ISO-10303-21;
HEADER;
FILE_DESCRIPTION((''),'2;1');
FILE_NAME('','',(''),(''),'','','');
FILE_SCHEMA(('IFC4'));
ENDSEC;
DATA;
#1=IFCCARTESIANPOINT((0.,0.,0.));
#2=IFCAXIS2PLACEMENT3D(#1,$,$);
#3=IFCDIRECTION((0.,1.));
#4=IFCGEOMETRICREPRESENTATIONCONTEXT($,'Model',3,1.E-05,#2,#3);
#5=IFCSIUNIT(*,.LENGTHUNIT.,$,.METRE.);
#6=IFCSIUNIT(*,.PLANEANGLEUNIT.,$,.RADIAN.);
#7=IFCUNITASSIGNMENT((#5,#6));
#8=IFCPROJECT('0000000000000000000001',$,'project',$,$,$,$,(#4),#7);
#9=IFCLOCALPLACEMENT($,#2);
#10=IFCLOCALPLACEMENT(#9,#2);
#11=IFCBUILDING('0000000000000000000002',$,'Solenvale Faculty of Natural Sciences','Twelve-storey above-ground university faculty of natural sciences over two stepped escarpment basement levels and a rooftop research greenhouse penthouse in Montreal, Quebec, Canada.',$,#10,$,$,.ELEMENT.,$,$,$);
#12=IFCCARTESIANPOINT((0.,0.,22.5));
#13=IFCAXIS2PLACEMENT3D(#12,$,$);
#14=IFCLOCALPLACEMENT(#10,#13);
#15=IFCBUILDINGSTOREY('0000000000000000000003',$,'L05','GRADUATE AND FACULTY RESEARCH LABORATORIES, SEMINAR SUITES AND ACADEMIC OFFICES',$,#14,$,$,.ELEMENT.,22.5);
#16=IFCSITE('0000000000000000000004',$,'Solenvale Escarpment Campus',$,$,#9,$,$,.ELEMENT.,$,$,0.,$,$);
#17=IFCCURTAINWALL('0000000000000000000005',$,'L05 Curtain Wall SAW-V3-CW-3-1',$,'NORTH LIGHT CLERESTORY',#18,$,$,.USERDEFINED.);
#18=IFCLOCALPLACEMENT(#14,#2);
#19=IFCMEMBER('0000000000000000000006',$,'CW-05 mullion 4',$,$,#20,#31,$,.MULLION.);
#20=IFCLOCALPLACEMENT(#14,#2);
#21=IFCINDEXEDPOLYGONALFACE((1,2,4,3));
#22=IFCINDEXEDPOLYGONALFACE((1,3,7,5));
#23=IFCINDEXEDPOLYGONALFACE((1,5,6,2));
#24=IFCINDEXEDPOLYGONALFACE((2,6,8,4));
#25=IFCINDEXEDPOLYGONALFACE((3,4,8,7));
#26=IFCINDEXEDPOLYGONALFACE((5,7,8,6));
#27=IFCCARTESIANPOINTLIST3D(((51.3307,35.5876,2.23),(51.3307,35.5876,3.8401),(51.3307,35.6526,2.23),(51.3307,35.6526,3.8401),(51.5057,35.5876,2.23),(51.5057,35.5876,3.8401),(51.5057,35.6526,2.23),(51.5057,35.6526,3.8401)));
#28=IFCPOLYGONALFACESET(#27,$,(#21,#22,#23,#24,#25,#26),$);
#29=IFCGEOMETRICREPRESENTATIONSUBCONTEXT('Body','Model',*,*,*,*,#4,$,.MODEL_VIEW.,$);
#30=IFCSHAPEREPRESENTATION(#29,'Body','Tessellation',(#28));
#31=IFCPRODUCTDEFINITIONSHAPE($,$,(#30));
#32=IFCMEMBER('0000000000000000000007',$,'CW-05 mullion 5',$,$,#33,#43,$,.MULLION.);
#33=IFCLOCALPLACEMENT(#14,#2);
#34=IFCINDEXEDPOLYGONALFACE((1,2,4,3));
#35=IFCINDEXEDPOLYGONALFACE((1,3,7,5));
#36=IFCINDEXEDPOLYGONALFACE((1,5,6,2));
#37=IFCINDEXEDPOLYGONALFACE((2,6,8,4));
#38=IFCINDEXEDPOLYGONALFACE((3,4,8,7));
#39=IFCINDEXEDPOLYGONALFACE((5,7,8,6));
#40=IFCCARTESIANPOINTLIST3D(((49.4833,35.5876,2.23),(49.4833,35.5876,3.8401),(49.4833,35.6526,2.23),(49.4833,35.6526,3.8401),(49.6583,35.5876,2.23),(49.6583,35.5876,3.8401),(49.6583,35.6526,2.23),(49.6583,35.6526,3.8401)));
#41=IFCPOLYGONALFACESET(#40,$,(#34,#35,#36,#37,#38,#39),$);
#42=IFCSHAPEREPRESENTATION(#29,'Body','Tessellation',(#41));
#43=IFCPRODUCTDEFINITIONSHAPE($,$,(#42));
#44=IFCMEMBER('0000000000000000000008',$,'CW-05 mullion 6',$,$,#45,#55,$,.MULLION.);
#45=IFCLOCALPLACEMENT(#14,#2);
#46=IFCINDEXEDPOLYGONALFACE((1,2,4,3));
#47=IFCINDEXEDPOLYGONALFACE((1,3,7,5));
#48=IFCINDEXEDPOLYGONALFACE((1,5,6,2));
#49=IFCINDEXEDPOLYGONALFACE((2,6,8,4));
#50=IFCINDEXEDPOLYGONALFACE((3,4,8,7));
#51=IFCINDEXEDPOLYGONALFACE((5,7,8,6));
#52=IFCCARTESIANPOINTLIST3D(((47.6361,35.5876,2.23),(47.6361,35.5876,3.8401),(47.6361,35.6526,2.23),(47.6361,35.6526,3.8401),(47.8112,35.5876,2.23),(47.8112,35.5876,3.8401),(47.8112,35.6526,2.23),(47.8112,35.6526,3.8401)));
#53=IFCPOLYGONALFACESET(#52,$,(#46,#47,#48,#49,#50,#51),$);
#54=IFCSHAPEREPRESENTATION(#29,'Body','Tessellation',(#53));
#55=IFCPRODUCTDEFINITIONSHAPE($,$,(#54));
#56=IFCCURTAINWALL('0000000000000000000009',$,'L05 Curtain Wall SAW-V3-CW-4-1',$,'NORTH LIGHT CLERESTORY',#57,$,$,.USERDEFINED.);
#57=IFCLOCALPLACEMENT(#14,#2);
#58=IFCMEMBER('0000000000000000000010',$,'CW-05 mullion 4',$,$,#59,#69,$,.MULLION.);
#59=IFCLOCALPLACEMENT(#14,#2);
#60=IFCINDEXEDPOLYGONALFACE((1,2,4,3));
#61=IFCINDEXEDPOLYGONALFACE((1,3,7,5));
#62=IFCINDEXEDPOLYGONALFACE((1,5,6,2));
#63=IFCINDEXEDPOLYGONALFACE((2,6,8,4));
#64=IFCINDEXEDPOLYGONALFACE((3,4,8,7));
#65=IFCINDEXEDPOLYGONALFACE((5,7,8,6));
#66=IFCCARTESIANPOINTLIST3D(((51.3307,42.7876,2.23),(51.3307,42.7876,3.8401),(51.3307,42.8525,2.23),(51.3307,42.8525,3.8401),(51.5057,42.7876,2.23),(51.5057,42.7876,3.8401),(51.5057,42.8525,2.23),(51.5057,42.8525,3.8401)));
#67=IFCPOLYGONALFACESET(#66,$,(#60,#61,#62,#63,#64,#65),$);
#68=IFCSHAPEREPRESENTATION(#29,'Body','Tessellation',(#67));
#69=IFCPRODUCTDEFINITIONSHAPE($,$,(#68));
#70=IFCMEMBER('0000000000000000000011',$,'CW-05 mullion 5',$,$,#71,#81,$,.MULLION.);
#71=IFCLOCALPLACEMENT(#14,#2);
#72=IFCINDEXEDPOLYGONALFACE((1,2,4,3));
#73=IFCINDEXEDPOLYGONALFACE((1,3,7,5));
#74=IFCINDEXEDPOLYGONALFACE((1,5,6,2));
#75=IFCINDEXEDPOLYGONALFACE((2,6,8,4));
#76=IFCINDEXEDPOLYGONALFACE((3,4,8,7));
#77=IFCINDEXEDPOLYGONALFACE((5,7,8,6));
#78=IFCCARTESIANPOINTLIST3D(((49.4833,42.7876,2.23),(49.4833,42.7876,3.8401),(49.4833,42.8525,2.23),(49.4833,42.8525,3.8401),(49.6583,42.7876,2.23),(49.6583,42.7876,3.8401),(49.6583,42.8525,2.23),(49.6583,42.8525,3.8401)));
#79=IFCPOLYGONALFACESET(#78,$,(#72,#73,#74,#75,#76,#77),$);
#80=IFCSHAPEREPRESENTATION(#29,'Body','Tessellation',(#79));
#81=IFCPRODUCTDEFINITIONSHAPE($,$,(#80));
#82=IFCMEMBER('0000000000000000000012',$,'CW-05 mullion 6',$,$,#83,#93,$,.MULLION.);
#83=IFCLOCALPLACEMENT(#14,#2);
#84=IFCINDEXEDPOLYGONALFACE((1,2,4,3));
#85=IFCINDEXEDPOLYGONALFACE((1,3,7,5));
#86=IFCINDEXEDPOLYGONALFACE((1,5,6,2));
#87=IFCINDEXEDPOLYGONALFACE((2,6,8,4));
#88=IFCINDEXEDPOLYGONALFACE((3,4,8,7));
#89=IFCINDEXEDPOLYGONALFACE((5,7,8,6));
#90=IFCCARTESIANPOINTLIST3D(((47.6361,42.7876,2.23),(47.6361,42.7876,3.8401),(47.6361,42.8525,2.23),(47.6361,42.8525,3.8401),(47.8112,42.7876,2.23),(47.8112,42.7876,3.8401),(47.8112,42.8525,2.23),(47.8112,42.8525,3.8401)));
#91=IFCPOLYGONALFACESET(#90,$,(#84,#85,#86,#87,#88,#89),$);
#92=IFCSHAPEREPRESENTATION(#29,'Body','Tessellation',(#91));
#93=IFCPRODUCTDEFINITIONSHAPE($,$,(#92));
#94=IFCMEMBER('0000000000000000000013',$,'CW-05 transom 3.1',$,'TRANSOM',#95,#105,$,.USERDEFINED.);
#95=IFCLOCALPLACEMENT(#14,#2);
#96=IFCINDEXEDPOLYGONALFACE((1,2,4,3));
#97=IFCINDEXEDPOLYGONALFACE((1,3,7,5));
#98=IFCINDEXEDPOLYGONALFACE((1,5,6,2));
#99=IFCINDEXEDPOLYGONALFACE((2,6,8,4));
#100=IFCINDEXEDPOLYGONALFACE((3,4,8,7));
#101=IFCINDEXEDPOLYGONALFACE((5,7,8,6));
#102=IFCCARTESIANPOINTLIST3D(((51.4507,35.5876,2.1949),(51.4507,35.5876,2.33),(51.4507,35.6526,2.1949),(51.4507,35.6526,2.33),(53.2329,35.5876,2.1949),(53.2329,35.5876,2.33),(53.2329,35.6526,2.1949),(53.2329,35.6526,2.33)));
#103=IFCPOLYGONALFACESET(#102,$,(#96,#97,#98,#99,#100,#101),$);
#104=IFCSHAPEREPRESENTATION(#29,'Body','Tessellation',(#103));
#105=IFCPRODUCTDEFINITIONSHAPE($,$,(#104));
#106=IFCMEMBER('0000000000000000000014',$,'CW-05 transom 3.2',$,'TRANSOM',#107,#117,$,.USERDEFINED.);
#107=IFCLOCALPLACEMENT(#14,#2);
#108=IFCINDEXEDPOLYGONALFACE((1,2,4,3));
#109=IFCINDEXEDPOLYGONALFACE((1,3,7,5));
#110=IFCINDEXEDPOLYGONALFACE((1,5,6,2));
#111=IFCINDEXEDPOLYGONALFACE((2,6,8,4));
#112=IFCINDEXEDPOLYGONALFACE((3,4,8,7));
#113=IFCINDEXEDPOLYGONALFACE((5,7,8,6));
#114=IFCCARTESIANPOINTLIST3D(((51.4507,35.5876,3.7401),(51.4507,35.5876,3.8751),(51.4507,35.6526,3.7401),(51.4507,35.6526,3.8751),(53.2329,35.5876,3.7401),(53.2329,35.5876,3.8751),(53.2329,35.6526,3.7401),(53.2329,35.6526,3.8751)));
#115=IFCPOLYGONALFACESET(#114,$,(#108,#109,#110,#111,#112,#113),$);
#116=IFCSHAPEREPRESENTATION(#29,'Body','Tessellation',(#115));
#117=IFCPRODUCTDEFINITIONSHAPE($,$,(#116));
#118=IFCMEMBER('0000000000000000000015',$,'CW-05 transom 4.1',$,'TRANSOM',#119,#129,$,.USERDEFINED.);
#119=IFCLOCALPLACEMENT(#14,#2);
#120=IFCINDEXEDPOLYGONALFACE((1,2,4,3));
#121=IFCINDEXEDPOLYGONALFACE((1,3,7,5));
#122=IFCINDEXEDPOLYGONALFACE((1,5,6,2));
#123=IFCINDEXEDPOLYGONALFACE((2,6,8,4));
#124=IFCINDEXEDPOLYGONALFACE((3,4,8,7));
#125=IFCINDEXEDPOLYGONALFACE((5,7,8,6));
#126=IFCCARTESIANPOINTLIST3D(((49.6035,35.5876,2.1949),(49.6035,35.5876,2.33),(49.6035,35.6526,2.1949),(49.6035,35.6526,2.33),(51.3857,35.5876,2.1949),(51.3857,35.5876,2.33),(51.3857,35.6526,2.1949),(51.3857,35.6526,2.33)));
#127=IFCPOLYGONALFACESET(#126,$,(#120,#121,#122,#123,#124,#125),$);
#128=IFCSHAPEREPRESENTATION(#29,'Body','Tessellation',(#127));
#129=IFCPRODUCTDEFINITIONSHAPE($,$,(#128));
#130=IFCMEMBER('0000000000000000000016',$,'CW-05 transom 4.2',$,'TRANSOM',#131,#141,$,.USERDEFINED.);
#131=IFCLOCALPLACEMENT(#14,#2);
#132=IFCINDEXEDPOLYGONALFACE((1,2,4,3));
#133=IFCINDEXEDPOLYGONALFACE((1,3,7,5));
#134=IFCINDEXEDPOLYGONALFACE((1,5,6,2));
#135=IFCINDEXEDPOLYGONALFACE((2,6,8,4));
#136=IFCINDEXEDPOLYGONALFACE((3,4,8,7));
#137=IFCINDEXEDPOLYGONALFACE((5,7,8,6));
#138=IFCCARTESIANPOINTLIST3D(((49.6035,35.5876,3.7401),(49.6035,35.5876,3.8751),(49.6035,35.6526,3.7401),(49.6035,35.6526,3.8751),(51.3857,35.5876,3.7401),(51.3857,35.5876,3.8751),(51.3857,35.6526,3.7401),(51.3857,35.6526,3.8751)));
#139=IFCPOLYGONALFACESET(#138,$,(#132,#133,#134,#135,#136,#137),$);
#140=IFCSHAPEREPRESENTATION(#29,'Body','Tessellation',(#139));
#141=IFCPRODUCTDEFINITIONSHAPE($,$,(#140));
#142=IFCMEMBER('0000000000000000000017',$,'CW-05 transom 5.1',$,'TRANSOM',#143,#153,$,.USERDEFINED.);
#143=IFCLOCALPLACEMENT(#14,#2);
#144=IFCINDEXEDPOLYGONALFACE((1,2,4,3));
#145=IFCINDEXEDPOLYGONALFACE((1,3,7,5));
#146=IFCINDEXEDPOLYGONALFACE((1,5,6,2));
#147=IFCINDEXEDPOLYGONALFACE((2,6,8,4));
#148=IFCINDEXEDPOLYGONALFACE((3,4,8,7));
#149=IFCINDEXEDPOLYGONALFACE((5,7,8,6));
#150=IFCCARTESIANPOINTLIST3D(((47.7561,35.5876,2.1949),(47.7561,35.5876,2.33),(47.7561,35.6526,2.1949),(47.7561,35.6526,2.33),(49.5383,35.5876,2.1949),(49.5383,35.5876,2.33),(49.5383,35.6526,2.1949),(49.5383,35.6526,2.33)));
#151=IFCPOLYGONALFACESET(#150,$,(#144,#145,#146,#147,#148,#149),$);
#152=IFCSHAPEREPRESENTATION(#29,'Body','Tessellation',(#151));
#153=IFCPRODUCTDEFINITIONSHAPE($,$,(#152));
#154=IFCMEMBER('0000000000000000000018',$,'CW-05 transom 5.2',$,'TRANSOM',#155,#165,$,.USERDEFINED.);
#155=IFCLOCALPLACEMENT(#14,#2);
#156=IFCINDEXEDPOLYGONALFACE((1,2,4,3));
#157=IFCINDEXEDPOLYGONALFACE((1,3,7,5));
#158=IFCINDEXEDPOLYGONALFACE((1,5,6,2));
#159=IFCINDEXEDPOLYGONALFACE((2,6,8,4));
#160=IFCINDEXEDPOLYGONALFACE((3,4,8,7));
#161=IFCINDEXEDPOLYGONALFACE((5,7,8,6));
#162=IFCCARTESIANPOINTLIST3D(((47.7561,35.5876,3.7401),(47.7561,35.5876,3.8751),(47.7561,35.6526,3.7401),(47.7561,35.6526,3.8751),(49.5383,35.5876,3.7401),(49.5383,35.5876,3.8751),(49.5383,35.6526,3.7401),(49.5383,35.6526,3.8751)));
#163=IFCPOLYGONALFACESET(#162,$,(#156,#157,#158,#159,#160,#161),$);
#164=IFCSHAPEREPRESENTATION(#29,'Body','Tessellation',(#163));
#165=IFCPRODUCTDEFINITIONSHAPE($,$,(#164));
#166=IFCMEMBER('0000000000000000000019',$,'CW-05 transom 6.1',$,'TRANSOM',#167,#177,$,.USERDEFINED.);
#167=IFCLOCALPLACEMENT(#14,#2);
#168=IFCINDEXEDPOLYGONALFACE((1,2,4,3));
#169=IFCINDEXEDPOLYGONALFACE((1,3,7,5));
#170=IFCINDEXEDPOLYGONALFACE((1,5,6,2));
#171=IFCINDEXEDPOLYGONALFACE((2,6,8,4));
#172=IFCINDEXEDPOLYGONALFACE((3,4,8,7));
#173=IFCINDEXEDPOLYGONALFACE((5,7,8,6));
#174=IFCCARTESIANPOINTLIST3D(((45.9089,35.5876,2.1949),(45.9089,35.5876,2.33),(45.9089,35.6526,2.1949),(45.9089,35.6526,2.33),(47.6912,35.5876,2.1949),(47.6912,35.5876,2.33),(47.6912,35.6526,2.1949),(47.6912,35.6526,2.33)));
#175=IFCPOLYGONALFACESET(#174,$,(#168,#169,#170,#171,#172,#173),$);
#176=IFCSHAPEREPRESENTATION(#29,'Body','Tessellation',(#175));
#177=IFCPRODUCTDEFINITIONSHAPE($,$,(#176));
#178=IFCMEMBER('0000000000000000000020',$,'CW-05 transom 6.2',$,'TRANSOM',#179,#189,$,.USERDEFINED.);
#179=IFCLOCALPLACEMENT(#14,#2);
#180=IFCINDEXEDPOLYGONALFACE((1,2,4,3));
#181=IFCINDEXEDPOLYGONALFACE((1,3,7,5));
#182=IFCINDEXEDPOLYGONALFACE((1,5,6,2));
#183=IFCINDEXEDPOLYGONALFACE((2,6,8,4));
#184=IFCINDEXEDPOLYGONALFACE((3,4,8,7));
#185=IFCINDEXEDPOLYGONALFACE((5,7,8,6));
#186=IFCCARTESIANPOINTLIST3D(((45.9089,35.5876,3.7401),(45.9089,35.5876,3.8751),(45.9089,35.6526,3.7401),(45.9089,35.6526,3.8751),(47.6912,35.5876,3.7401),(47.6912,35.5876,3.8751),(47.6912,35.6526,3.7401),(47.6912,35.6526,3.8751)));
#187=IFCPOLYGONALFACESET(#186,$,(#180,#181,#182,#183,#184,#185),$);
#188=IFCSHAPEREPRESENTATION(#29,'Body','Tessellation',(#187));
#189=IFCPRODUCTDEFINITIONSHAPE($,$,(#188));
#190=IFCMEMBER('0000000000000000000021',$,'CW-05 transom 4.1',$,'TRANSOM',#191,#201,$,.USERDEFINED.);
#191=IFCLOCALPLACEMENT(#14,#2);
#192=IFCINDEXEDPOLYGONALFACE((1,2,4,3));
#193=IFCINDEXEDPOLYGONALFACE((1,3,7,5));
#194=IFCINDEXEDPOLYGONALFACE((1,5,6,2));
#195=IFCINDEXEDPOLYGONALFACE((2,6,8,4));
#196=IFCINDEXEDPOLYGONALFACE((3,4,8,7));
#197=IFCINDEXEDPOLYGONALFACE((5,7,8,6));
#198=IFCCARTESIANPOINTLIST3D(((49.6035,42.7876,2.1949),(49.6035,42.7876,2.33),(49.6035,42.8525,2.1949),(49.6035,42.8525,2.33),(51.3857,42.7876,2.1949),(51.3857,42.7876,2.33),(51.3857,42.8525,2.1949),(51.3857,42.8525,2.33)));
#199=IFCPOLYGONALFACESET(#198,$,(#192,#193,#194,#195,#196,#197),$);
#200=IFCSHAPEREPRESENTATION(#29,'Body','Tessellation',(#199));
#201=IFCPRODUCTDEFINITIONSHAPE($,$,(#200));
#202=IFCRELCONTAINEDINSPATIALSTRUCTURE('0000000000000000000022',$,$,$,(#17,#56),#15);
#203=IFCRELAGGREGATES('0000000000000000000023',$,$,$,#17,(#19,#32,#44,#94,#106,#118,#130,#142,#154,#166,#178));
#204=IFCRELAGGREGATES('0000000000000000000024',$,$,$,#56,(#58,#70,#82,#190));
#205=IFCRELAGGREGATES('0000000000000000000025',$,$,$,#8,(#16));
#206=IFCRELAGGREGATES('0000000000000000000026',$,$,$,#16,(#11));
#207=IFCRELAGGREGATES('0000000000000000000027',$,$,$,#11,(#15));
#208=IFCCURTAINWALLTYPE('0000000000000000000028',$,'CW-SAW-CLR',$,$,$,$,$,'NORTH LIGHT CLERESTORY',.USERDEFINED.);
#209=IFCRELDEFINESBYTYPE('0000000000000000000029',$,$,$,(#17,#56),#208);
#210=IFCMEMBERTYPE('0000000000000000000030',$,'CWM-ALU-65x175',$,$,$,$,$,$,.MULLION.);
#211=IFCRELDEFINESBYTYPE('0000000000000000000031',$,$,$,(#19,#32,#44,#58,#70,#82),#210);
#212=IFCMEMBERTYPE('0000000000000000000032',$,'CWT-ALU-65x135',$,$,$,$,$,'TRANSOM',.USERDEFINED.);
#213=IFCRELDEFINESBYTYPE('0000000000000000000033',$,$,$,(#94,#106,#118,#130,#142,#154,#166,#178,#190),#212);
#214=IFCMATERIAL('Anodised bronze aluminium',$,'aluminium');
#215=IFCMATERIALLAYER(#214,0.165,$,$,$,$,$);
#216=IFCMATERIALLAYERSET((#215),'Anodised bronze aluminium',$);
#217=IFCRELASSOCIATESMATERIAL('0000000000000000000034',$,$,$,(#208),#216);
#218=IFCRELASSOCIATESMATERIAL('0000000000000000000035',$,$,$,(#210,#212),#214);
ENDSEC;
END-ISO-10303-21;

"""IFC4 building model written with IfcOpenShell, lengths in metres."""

from ifc_helpers import new_model, si_unit, direction, frame, origin, origin_2d, place, context, subcontext, project, spatial, rectangle, extrude, material, layer, layer_set, material_profile, profile_set, type_object, element, aggregate, save


model = new_model("IFC4")

# Units and contexts
model_context = context("Model", 3, precision=1e-05, world=origin(), true_north=direction((0.0, 1.0)))
body_context = subcontext(model_context, "Body", "Model", "MODEL_VIEW")
ifc_project = project(units=[si_unit("LENGTHUNIT", "METRE"), si_unit("PLANEANGLEUNIT", "RADIAN")], contexts=[model_context])

# Site, building, storey
site_placement = place(None, origin())
site = spatial("IfcSite", under=ifc_project, at=site_placement, Name="Solenvale Escarpment Campus", CompositionType="ELEMENT", RefElevation=0.0)
building_placement = place(site_placement, origin())
building = spatial("IfcBuilding", under=site, at=building_placement, Name="Solenvale Faculty of Natural Sciences", Description="Twelve-storey above-ground university faculty of natural sciences over two stepped escarpment basement levels and a rooftop research greenhouse penthouse in Montreal, Quebec, Canada.", CompositionType="ELEMENT")
storey_placement = place(building_placement, frame((0.0, 0.0, 22.5)))
storey = spatial("IfcBuildingStorey", under=building, at=storey_placement, Name="L05", Description="GRADUATE AND FACULTY RESEARCH LABORATORIES, SEMINAR SUITES AND ACADEMIC OFFICES", CompositionType="ELEMENT", Elevation=22.5)

# Curtain walls, members
ifc_material_1 = material(Name="Anodised bronze aluminium", Category="aluminium")
ifc_layer_1 = layer(ifc_material_1, 0.165)
ifc_layer_set_1 = layer_set([ifc_layer_1], Name="Anodised bronze aluminium")
curtain_wall_type = type_object("IfcCurtainWallType", Name="CW-SAW-CLR", ElementType="NORTH LIGHT CLERESTORY", PredefinedType="USERDEFINED", material=ifc_layer_set_1)
curtain_wall_1_placement = place(storey_placement, origin())
curtain_wall_1 = element("IfcCurtainWall", 1, at=curtain_wall_1_placement, inside=storey, type_object=curtain_wall_type, Name="L05 Curtain Wall SAW-V3-CW-3-1", ObjectType="NORTH LIGHT CLERESTORY", PredefinedType="USERDEFINED")
ifc_material_profile_1 = material_profile(ifc_material_1, rectangle(XDim=0.0649, YDim=0.175, at=origin_2d()), Name="ALU-MUL-65x175")
ifc_profile_set_1 = profile_set([ifc_material_profile_1], Name="Anodised bronze aluminium")
member_type_1 = type_object("IfcMemberType", Name="CWM-ALU-65x175", PredefinedType="MULLION", material=ifc_profile_set_1)
member_1_placement = place(storey_placement, frame((51.4182, 35.6201, 2.23), z_axis=(0.0, 0.0, 1.0), x_axis=(0.0, -1.0, 0.0)))
member_1 = element("IfcMember", 2, at=member_1_placement, type_object=member_type_1, Name="CW-05 mullion 4", PredefinedType="MULLION", context=body_context, shape_type="SweptSolid", body=[
    extrude(rectangle(XDim=0.0649, YDim=0.175, at=origin_2d()), origin(), (0.0, 0.0, 1.0), 1.6101),
])
member_2_placement = place(storey_placement, frame((49.5708, 35.6201, 2.23), z_axis=(0.0, 0.0, 1.0), x_axis=(0.0, -1.0, 0.0)))
member_2 = element("IfcMember", 3, at=member_2_placement, type_object=member_type_1, Name="CW-05 mullion 5", PredefinedType="MULLION", context=body_context, shape_type="SweptSolid", body=[
    extrude(rectangle(XDim=0.0649, YDim=0.175, at=origin_2d()), origin(), (0.0, 0.0, 1.0), 1.6101),
])
member_3_placement = place(storey_placement, frame((47.7236, 35.6201, 2.23), z_axis=(0.0, 0.0, 1.0), x_axis=(0.0, -1.0, 0.0)))
member_3 = element("IfcMember", 4, at=member_3_placement, type_object=member_type_1, Name="CW-05 mullion 6", PredefinedType="MULLION", context=body_context, shape_type="SweptSolid", body=[
    extrude(rectangle(XDim=0.0649, YDim=0.175, at=origin_2d()), origin(), (0.0, 0.0, 1.0), 1.6101),
])
curtain_wall_2_placement = place(storey_placement, origin())
curtain_wall_2 = element("IfcCurtainWall", 5, at=curtain_wall_2_placement, inside=storey, type_object=curtain_wall_type, Name="L05 Curtain Wall SAW-V3-CW-4-1", ObjectType="NORTH LIGHT CLERESTORY", PredefinedType="USERDEFINED")
member_4_placement = place(storey_placement, frame((51.4182, 42.8201, 2.23), z_axis=(0.0, 0.0, 1.0), x_axis=(0.0, -1.0, 0.0)))
member_4 = element("IfcMember", 6, at=member_4_placement, type_object=member_type_1, Name="CW-05 mullion 4", PredefinedType="MULLION", context=body_context, shape_type="SweptSolid", body=[
    extrude(rectangle(XDim=0.0649, YDim=0.175, at=origin_2d()), origin(), (0.0, 0.0, 1.0), 1.6101),
])
member_5_placement = place(storey_placement, frame((49.5708, 42.8201, 2.23), z_axis=(0.0, 0.0, 1.0), x_axis=(0.0, -1.0, 0.0)))
member_5 = element("IfcMember", 7, at=member_5_placement, type_object=member_type_1, Name="CW-05 mullion 5", PredefinedType="MULLION", context=body_context, shape_type="SweptSolid", body=[
    extrude(rectangle(XDim=0.0649, YDim=0.175, at=origin_2d()), origin(), (0.0, 0.0, 1.0), 1.6101),
])
member_6_placement = place(storey_placement, frame((47.7236, 42.8201, 2.23), z_axis=(0.0, 0.0, 1.0), x_axis=(0.0, -1.0, 0.0)))
member_6 = element("IfcMember", 8, at=member_6_placement, type_object=member_type_1, Name="CW-05 mullion 6", PredefinedType="MULLION", context=body_context, shape_type="SweptSolid", body=[
    extrude(rectangle(XDim=0.0649, YDim=0.175, at=origin_2d()), origin(), (0.0, 0.0, 1.0), 1.6101),
])

# Members
ifc_material_profile_2 = material_profile(ifc_material_1, rectangle(XDim=0.0649, YDim=0.135, at=origin_2d()), Name="ALU-TRN-65x135")
ifc_profile_set_2 = profile_set([ifc_material_profile_2], Name="Anodised bronze aluminium")
member_type_2 = type_object("IfcMemberType", Name="CWT-ALU-65x135", ElementType="TRANSOM", PredefinedType="USERDEFINED", material=ifc_profile_set_2)
member_7_placement = place(storey_placement, frame((53.2329, 35.6201, 2.2625), z_axis=(-1.0, 0.0, 0.0), x_axis=(0.0, -1.0, 0.0)))
member_7 = element("IfcMember", 9, at=member_7_placement, type_object=member_type_2, Name="CW-05 transom 3.1", ObjectType="TRANSOM", PredefinedType="USERDEFINED", context=body_context, shape_type="SweptSolid", body=[
    extrude(rectangle(XDim=0.0649, YDim=0.135, at=origin_2d()), origin(), (0.0, 0.0, 1.0), 1.7822),
])
member_8_placement = place(storey_placement, frame((53.2329, 35.6201, 3.8076), z_axis=(-1.0, 0.0, 0.0), x_axis=(0.0, -1.0, 0.0)))
member_8 = element("IfcMember", 10, at=member_8_placement, type_object=member_type_2, Name="CW-05 transom 3.2", ObjectType="TRANSOM", PredefinedType="USERDEFINED", context=body_context, shape_type="SweptSolid", body=[
    extrude(rectangle(XDim=0.0649, YDim=0.135, at=origin_2d()), origin(), (0.0, 0.0, 1.0), 1.7822),
])
member_9_placement = place(storey_placement, frame((51.3857, 35.6201, 2.2625), z_axis=(-1.0, 0.0, 0.0), x_axis=(0.0, -1.0, 0.0)))
member_9 = element("IfcMember", 11, at=member_9_placement, type_object=member_type_2, Name="CW-05 transom 4.1", ObjectType="TRANSOM", PredefinedType="USERDEFINED", context=body_context, shape_type="SweptSolid", body=[
    extrude(rectangle(XDim=0.0649, YDim=0.135, at=origin_2d()), origin(), (0.0, 0.0, 1.0), 1.7822),
])
member_10_placement = place(storey_placement, frame((51.3857, 35.6201, 3.8076), z_axis=(-1.0, 0.0, 0.0), x_axis=(0.0, -1.0, 0.0)))
member_10 = element("IfcMember", 12, at=member_10_placement, type_object=member_type_2, Name="CW-05 transom 4.2", ObjectType="TRANSOM", PredefinedType="USERDEFINED", context=body_context, shape_type="SweptSolid", body=[
    extrude(rectangle(XDim=0.0649, YDim=0.135, at=origin_2d()), origin(), (0.0, 0.0, 1.0), 1.7822),
])
member_11_placement = place(storey_placement, frame((49.5383, 35.6201, 2.2625), z_axis=(-1.0, 0.0, 0.0), x_axis=(0.0, -1.0, 0.0)))
member_11 = element("IfcMember", 13, at=member_11_placement, type_object=member_type_2, Name="CW-05 transom 5.1", ObjectType="TRANSOM", PredefinedType="USERDEFINED", context=body_context, shape_type="SweptSolid", body=[
    extrude(rectangle(XDim=0.0649, YDim=0.135, at=origin_2d()), origin(), (0.0, 0.0, 1.0), 1.7822),
])
member_12_placement = place(storey_placement, frame((49.5383, 35.6201, 3.8076), z_axis=(-1.0, 0.0, 0.0), x_axis=(0.0, -1.0, 0.0)))
member_12 = element("IfcMember", 14, at=member_12_placement, type_object=member_type_2, Name="CW-05 transom 5.2", ObjectType="TRANSOM", PredefinedType="USERDEFINED", context=body_context, shape_type="SweptSolid", body=[
    extrude(rectangle(XDim=0.0649, YDim=0.135, at=origin_2d()), origin(), (0.0, 0.0, 1.0), 1.7822),
])
member_13_placement = place(storey_placement, frame((47.6912, 35.6201, 2.2625), z_axis=(-1.0, 0.0, 0.0), x_axis=(0.0, -1.0, 0.0)))
member_13 = element("IfcMember", 15, at=member_13_placement, type_object=member_type_2, Name="CW-05 transom 6.1", ObjectType="TRANSOM", PredefinedType="USERDEFINED", context=body_context, shape_type="SweptSolid", body=[
    extrude(rectangle(XDim=0.0649, YDim=0.135, at=origin_2d()), origin(), (0.0, 0.0, 1.0), 1.7822),
])
member_14_placement = place(storey_placement, frame((47.6912, 35.6201, 3.8076), z_axis=(-1.0, 0.0, 0.0), x_axis=(0.0, -1.0, 0.0)))
member_14 = element("IfcMember", 16, at=member_14_placement, type_object=member_type_2, Name="CW-05 transom 6.2", ObjectType="TRANSOM", PredefinedType="USERDEFINED", context=body_context, shape_type="SweptSolid", body=[
    extrude(rectangle(XDim=0.0649, YDim=0.135, at=origin_2d()), origin(), (0.0, 0.0, 1.0), 1.7822),
])
member_15_placement = place(storey_placement, frame((51.3857, 42.8201, 2.2625), z_axis=(-1.0, 0.0, 0.0), x_axis=(0.0, -1.0, 0.0)))
member_15 = element("IfcMember", 17, at=member_15_placement, type_object=member_type_2, Name="CW-05 transom 4.1", ObjectType="TRANSOM", PredefinedType="USERDEFINED", context=body_context, shape_type="SweptSolid", body=[
    extrude(rectangle(XDim=0.0649, YDim=0.135, at=origin_2d()), origin(), (0.0, 0.0, 1.0), 1.7822),
])

aggregate(curtain_wall_1, [member_1, member_2, member_3, member_7, member_8, member_9, member_10, member_11, member_12, member_13, member_14])
aggregate(curtain_wall_2, [member_4, member_5, member_6, member_15])

save(model, "model.ifc")
